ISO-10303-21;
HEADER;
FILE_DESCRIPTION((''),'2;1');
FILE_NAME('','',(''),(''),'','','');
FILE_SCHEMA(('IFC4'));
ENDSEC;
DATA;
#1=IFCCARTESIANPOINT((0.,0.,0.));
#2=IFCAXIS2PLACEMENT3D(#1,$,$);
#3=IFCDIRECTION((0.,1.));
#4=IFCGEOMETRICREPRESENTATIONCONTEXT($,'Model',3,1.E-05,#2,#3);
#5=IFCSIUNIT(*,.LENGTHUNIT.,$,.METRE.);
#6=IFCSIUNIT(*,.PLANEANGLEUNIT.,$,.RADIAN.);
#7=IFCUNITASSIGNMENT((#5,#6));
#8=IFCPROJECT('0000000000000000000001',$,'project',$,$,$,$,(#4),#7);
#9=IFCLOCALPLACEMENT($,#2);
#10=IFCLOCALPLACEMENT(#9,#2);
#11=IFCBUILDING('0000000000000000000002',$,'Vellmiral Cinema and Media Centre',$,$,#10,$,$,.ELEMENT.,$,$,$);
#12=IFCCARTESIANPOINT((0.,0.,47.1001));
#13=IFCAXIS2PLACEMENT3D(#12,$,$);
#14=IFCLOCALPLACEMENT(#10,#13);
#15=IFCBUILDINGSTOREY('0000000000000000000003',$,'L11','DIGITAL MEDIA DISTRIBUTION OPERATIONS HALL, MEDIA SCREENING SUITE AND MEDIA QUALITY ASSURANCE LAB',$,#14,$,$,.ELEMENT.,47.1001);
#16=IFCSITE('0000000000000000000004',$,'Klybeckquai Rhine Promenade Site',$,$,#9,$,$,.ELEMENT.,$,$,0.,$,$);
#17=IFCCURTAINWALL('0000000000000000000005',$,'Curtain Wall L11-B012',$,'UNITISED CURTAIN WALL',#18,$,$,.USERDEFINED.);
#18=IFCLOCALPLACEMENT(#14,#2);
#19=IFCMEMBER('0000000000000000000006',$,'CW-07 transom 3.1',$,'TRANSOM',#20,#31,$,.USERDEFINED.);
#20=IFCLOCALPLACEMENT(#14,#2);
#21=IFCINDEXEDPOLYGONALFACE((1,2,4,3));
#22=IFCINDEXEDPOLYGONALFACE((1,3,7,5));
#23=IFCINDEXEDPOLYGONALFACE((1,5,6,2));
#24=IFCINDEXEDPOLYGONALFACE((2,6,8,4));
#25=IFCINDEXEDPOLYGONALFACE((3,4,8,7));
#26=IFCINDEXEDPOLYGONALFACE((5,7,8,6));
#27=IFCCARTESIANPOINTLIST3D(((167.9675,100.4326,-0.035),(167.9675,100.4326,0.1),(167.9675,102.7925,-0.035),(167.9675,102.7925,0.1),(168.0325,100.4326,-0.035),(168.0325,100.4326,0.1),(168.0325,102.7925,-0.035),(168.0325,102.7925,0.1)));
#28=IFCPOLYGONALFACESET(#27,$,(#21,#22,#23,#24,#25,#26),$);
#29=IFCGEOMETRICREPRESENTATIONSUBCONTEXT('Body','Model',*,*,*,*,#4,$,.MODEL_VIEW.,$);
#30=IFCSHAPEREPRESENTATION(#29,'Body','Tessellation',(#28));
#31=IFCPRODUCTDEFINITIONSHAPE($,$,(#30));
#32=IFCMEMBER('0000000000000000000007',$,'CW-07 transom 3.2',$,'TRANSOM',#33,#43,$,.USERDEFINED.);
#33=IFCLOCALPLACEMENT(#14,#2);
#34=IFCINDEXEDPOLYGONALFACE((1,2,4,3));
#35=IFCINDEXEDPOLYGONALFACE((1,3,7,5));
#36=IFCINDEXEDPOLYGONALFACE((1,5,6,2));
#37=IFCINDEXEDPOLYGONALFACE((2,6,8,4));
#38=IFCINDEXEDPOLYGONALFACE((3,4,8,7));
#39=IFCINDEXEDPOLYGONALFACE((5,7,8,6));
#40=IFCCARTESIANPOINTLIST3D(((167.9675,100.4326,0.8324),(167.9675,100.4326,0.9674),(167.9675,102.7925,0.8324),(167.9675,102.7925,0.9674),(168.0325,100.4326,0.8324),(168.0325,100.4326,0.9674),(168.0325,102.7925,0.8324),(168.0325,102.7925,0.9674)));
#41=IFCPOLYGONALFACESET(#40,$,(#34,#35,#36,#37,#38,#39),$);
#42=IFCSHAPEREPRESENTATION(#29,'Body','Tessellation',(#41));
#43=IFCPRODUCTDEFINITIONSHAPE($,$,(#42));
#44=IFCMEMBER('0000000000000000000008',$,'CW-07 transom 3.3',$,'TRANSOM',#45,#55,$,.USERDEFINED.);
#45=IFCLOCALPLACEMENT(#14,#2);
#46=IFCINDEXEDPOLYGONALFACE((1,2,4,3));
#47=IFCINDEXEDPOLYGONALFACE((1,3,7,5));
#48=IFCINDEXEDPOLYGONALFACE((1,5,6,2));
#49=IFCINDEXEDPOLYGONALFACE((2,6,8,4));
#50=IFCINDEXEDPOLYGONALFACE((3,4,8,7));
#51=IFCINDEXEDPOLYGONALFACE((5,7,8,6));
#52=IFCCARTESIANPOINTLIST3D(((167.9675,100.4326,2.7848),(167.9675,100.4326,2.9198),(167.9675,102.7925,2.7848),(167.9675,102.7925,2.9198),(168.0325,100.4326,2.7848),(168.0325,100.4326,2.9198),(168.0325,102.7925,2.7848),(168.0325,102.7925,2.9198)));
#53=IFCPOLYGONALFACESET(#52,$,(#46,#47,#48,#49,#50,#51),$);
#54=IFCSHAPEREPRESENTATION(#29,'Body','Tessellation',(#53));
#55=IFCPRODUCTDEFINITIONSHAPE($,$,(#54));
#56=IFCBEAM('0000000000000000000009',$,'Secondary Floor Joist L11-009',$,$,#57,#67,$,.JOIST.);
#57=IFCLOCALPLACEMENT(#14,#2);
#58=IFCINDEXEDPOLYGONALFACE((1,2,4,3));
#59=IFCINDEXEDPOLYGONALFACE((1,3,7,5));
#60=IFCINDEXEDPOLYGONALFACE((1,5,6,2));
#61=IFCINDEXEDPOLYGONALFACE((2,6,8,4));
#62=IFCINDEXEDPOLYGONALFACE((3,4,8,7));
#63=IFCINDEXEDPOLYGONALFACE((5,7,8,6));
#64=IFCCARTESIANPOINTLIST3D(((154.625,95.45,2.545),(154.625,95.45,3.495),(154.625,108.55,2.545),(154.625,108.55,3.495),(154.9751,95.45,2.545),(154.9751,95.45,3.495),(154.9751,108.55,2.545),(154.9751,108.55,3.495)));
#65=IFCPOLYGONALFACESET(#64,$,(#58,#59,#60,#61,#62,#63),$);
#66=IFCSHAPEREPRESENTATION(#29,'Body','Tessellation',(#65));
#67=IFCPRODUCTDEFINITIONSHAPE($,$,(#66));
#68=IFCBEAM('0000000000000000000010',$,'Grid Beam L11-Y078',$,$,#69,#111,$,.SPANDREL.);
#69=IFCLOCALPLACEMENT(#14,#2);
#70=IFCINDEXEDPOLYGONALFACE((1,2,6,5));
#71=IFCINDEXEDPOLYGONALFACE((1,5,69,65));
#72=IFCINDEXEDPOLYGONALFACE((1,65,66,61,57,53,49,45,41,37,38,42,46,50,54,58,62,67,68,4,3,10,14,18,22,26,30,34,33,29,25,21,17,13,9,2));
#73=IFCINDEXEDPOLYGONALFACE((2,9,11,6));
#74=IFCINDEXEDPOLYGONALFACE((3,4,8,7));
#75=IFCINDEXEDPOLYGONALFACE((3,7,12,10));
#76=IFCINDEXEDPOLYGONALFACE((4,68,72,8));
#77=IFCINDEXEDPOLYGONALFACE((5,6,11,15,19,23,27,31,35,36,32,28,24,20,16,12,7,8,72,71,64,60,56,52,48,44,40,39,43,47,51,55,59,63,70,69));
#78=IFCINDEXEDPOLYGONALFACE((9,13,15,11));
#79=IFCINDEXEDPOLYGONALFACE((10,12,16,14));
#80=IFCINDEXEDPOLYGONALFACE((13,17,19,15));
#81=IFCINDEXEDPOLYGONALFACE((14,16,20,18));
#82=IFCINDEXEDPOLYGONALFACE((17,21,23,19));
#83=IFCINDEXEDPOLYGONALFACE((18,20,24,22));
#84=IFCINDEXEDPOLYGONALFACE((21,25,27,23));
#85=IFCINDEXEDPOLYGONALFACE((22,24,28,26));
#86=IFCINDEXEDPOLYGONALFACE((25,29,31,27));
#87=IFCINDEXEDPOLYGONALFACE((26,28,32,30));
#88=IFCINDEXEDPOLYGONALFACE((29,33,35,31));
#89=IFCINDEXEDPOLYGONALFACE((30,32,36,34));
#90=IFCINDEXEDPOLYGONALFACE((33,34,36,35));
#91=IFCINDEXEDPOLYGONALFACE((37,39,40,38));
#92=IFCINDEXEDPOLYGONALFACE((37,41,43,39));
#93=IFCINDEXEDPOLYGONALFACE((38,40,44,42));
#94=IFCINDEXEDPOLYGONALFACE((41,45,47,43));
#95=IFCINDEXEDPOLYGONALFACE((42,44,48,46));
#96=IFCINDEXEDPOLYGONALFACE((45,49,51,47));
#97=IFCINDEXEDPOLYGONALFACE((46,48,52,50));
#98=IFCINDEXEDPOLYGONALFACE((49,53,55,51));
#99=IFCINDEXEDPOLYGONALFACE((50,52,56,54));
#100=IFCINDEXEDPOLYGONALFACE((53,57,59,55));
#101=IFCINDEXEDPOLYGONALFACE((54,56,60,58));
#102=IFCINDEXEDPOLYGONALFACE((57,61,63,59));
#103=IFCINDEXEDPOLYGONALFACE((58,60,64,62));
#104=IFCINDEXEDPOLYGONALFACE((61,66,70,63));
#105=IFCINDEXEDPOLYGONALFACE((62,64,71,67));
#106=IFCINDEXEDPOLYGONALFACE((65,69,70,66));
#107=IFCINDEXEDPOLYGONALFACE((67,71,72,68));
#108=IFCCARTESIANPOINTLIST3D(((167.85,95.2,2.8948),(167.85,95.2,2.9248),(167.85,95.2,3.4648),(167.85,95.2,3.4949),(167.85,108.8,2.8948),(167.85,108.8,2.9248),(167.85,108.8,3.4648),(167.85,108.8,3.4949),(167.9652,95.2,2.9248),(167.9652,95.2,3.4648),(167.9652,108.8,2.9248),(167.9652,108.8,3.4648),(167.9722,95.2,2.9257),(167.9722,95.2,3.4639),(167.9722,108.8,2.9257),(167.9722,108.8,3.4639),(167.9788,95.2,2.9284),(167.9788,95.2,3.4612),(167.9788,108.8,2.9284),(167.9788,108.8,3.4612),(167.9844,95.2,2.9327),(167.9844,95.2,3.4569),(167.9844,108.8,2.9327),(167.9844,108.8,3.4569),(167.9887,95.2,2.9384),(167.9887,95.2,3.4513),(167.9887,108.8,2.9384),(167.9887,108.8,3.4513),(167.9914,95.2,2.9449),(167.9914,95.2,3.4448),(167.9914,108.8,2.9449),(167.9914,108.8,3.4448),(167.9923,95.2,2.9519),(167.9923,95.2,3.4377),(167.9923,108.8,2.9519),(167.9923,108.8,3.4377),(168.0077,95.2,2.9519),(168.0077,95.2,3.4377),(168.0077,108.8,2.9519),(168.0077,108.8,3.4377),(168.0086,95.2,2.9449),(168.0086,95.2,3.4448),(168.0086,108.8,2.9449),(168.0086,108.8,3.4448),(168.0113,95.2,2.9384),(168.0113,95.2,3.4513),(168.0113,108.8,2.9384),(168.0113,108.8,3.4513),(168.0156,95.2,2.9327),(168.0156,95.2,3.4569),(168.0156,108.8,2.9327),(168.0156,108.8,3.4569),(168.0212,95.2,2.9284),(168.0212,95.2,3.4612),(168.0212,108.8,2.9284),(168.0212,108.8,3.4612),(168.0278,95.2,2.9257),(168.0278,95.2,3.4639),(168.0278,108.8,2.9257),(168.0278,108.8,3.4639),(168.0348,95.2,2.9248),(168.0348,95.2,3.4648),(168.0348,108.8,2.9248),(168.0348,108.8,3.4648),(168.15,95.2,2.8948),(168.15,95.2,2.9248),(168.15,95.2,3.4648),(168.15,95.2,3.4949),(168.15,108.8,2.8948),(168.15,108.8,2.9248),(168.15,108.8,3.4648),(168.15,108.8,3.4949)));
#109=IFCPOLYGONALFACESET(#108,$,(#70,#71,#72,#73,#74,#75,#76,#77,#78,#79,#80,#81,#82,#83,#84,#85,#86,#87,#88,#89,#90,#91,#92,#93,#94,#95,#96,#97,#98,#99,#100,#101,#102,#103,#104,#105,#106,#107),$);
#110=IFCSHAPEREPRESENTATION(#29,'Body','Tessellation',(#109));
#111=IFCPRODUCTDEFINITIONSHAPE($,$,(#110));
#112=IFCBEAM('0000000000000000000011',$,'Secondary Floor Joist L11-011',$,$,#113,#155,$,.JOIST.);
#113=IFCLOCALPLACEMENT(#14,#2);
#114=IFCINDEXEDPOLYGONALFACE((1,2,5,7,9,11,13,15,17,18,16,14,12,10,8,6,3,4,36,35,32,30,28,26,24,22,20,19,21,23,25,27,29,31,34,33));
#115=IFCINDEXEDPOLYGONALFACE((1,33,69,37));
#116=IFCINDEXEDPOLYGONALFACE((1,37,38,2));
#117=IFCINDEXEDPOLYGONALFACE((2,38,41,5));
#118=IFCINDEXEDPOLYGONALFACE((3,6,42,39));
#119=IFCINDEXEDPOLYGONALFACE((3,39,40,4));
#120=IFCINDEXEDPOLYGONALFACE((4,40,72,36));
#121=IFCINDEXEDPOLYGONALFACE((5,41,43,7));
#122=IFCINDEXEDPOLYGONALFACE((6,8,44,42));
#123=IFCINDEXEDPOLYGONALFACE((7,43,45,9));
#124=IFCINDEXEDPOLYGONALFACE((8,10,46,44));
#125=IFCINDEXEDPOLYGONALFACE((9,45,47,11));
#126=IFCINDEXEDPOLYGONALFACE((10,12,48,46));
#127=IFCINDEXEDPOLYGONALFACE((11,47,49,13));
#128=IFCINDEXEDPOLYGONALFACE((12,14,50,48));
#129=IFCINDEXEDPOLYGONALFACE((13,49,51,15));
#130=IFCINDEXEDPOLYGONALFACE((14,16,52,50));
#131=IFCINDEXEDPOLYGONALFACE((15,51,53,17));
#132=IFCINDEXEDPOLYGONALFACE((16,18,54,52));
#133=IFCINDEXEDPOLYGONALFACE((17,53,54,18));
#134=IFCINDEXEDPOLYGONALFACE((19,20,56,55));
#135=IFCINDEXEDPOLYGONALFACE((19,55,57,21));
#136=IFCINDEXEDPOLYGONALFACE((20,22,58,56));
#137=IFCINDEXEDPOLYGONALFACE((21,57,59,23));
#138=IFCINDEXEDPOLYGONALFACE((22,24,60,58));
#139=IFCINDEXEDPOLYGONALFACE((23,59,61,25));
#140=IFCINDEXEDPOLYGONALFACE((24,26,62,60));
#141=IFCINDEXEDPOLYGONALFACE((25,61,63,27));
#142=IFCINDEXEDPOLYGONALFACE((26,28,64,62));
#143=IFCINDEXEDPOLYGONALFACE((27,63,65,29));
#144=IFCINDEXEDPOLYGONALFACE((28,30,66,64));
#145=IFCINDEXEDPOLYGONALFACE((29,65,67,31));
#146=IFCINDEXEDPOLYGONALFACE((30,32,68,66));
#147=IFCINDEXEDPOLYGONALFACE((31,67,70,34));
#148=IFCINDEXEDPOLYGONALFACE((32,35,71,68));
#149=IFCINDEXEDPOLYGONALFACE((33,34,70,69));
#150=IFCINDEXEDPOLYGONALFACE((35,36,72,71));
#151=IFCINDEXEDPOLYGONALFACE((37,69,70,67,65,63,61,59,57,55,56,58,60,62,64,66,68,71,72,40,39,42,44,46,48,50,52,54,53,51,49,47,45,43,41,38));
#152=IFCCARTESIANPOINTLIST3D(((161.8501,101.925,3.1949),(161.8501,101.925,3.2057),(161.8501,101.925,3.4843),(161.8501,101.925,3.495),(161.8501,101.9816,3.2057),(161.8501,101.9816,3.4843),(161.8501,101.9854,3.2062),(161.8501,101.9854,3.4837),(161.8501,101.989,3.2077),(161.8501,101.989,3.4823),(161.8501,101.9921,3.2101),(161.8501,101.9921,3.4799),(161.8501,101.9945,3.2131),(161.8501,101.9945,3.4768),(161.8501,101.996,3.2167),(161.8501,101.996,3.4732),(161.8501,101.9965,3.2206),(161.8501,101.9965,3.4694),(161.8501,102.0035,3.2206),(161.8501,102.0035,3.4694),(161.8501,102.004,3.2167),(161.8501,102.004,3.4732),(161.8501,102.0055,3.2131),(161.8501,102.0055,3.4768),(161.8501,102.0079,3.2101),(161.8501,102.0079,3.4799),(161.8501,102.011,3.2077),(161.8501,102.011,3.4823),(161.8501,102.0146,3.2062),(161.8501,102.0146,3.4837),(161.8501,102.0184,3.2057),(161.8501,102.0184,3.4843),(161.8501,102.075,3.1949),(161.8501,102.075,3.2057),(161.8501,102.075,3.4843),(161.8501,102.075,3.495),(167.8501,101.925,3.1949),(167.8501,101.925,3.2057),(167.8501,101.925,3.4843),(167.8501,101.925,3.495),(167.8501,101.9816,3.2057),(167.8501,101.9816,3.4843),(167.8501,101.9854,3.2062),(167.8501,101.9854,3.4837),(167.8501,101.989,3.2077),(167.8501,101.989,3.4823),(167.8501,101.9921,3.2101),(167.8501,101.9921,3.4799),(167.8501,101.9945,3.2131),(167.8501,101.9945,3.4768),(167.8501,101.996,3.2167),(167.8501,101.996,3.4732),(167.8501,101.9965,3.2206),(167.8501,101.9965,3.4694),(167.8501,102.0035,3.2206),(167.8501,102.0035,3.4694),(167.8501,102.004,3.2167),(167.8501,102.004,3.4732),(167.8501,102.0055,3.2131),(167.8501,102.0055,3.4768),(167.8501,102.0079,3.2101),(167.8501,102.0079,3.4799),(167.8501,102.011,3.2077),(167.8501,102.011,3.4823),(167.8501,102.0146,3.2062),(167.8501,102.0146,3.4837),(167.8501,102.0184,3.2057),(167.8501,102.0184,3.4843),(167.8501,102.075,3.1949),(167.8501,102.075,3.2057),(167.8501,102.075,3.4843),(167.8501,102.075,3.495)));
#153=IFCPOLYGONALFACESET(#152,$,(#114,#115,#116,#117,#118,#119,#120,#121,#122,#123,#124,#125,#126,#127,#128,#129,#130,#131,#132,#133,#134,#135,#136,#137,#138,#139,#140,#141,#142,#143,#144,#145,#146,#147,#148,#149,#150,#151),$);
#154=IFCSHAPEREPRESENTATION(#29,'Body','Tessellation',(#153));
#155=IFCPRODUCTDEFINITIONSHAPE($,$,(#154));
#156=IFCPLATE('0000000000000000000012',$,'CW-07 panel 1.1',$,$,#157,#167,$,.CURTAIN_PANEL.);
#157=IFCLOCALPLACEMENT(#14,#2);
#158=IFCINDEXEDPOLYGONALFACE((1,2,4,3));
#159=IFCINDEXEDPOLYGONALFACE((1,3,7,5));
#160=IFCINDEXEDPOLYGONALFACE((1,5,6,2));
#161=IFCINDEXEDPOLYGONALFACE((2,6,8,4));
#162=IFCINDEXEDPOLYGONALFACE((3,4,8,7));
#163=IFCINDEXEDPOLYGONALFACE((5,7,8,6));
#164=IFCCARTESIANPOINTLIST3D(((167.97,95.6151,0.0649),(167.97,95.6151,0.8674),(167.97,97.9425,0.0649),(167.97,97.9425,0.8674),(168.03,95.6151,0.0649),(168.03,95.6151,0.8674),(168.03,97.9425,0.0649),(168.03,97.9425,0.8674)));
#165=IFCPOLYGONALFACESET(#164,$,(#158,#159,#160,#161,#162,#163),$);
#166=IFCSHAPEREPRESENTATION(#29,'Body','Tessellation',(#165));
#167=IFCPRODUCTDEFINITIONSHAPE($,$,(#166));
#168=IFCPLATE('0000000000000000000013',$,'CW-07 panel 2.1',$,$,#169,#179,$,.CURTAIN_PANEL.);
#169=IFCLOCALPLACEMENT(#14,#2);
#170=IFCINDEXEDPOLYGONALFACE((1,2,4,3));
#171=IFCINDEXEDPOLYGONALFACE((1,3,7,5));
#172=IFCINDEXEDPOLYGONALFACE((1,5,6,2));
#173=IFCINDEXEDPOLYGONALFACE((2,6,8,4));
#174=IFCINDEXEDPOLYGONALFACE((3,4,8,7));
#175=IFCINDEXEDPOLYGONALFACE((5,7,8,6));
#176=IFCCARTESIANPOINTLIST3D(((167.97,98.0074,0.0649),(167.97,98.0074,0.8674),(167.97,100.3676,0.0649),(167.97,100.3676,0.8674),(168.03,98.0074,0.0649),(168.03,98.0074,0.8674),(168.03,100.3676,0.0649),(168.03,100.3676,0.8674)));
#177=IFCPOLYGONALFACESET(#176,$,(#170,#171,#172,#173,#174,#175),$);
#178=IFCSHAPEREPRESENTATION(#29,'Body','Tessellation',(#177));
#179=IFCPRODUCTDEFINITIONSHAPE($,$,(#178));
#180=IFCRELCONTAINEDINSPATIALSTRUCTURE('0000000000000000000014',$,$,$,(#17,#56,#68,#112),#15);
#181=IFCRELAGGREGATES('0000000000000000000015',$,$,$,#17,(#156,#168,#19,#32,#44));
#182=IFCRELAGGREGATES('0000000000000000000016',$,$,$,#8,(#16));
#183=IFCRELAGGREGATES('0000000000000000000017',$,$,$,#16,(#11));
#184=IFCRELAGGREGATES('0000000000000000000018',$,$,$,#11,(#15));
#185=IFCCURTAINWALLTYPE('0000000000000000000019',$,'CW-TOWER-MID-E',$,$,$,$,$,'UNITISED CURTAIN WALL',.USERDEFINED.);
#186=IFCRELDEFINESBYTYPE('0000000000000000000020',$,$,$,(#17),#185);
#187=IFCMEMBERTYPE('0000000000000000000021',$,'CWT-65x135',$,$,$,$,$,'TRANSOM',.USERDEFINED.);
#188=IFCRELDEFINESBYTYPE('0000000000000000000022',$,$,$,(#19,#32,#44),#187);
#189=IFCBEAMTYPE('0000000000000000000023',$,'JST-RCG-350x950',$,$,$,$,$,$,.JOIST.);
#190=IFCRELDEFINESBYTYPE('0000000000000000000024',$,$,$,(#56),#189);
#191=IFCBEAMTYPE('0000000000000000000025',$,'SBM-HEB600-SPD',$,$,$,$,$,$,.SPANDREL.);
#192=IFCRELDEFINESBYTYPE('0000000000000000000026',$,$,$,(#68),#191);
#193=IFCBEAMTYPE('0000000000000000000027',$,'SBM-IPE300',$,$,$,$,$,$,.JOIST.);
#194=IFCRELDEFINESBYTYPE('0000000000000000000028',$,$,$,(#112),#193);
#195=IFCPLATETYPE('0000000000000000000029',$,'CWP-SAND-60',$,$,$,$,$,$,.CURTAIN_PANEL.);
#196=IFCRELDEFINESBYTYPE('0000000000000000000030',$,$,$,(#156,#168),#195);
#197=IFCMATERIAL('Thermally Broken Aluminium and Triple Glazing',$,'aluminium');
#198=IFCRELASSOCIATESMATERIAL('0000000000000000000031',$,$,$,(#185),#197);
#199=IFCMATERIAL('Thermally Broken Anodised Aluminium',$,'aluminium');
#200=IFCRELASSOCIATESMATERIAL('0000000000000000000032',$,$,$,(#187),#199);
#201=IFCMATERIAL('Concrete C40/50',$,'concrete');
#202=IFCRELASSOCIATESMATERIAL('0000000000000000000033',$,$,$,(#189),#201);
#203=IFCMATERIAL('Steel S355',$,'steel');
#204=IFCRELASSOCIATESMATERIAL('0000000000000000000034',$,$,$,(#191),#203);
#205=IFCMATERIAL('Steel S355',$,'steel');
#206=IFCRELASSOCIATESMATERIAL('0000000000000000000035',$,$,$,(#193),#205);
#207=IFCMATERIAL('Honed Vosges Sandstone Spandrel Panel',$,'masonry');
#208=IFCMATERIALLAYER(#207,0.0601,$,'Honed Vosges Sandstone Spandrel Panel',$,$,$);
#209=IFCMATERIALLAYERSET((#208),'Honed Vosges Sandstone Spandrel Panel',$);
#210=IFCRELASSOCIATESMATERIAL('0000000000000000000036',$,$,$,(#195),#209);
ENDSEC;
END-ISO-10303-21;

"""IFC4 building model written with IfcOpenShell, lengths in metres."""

from ifc_helpers import new_model, si_unit, direction, frame, origin, origin_2d, place, context, subcontext, project, spatial, rectangle, i_section, extrude, material, layer, layer_set, material_profile, profile_set, type_object, element, aggregate, save


model = new_model("IFC4")

# Units and contexts
model_context = context("Model", 3, precision=1e-05, world=origin(), true_north=direction((0.0, 1.0)))
body_context = subcontext(model_context, "Body", "Model", "MODEL_VIEW")
ifc_project = project(units=[si_unit("LENGTHUNIT", "METRE"), si_unit("PLANEANGLEUNIT", "RADIAN")], contexts=[model_context])

# Site, building, storey
site_placement = place(None, origin())
site = spatial("IfcSite", under=ifc_project, at=site_placement, Name="Klybeckquai Rhine Promenade Site", CompositionType="ELEMENT", RefElevation=0.0)
building_placement = place(site_placement, origin())
building = spatial("IfcBuilding", under=site, at=building_placement, Name="Vellmiral Cinema and Media Centre", CompositionType="ELEMENT")
storey_placement = place(building_placement, frame((0.0, 0.0, 47.1001)))
storey = spatial("IfcBuildingStorey", under=building, at=storey_placement, Name="L11", Description="DIGITAL MEDIA DISTRIBUTION OPERATIONS HALL, MEDIA SCREENING SUITE AND MEDIA QUALITY ASSURANCE LAB", CompositionType="ELEMENT", Elevation=47.1001)

# Curtain wall, members
ifc_material_1 = material(Name="Thermally Broken Aluminium and Triple Glazing", Category="aluminium")
curtain_wall_type = type_object("IfcCurtainWallType", Name="CW-TOWER-MID-E", ElementType="UNITISED CURTAIN WALL", PredefinedType="USERDEFINED", material=ifc_material_1)
curtain_wall_placement = place(storey_placement, origin())
curtain_wall = element("IfcCurtainWall", 1, at=curtain_wall_placement, inside=storey, type_object=curtain_wall_type, Name="Curtain Wall L11-B012", ObjectType="UNITISED CURTAIN WALL", PredefinedType="USERDEFINED")
ifc_material_2 = material(Name="Thermally Broken Anodised Aluminium", Category="aluminium")
ifc_material_profile_1 = material_profile(ifc_material_2, rectangle(XDim=0.0649, YDim=0.135, at=origin_2d()), Name="MULL 65x135")
ifc_profile_set_1 = profile_set([ifc_material_profile_1], Name="Thermally Broken Anodised Aluminium")
member_type_1 = type_object("IfcMemberType", Name="CWT-65x135", ElementType="TRANSOM", PredefinedType="USERDEFINED", material=ifc_profile_set_1)
member_1_placement = place(storey_placement, frame((168.0, 100.4326, 0.0325), z_axis=(0.0, 1.0, 0.0), x_axis=(-1.0, 0.0, 0.0)))
member_1 = element("IfcMember", 2, at=member_1_placement, type_object=member_type_1, Name="CW-07 transom 3.1", ObjectType="TRANSOM", PredefinedType="USERDEFINED", context=body_context, shape_type="SweptSolid", body=[
    extrude(rectangle(XDim=0.0649, YDim=0.135, at=origin_2d()), origin(), (0.0, 0.0, 1.0), 2.3599),
])
member_2_placement = place(storey_placement, frame((168.0, 100.4326, 0.8999), z_axis=(0.0, 1.0, 0.0), x_axis=(-1.0, 0.0, 0.0)))
member_2 = element("IfcMember", 3, at=member_2_placement, type_object=member_type_1, Name="CW-07 transom 3.2", ObjectType="TRANSOM", PredefinedType="USERDEFINED", context=body_context, shape_type="SweptSolid", body=[
    extrude(rectangle(XDim=0.0649, YDim=0.135, at=origin_2d()), origin(), (0.0, 0.0, 1.0), 2.3599),
])
member_3_placement = place(storey_placement, frame((168.0, 100.4326, 2.8523), z_axis=(0.0, 1.0, 0.0), x_axis=(-1.0, 0.0, 0.0)))
member_3 = element("IfcMember", 4, at=member_3_placement, type_object=member_type_1, Name="CW-07 transom 3.3", ObjectType="TRANSOM", PredefinedType="USERDEFINED", context=body_context, shape_type="SweptSolid", body=[
    extrude(rectangle(XDim=0.0649, YDim=0.135, at=origin_2d()), origin(), (0.0, 0.0, 1.0), 2.3599),
])

# Beams
ifc_material_3 = material(Name="Concrete C40/50", Category="concrete")
ifc_material_profile_2 = material_profile(ifc_material_3, rectangle(XDim=0.3501, YDim=0.95, at=origin_2d()), Name="RC 350x950")
ifc_profile_set_2 = profile_set([ifc_material_profile_2], Name="Concrete C40/50")
beam_type_1 = type_object("IfcBeamType", Name="JST-RCG-350x950", PredefinedType="JOIST", material=ifc_profile_set_2)
beam_1_placement = place(storey_placement, frame((154.8, 95.45, 3.02), z_axis=(0.0, 1.0, 0.0), x_axis=(-1.0, 0.0, 0.0)))
element("IfcBeam", 5, at=beam_1_placement, inside=storey, type_object=beam_type_1, Name="Secondary Floor Joist L11-009", PredefinedType="JOIST", context=body_context, shape_type="SweptSolid", body=[
    extrude(rectangle(XDim=0.3501, YDim=0.95, at=origin_2d()), origin(), (0.0, 0.0, 1.0), 13.1001),
])
ifc_material_4 = material(Name="Steel S355", Category="steel")
ifc_material_profile_3 = material_profile(ifc_material_4, i_section(OverallWidth=0.3, OverallDepth=0.6001, WebThickness=0.0154, FlangeThickness=0.03, FilletRadius=0.0271, at=origin_2d()), Name="HEB 600")
ifc_profile_set_3 = profile_set([ifc_material_profile_3], Name="Steel S355")
beam_type_2 = type_object("IfcBeamType", Name="SBM-HEB600-SPD", PredefinedType="SPANDREL", material=ifc_profile_set_3)
beam_2_placement = place(storey_placement, frame((168.0, 95.2, 3.1948), z_axis=(0.0, 1.0, 0.0), x_axis=(-1.0, 0.0, 0.0)))
element("IfcBeam", 6, at=beam_2_placement, inside=storey, type_object=beam_type_2, Name="Grid Beam L11-Y078", PredefinedType="SPANDREL", context=body_context, shape_type="SweptSolid", body=[
    extrude(i_section(OverallWidth=0.3, OverallDepth=0.6001, WebThickness=0.0154, FlangeThickness=0.03, FilletRadius=0.0271, at=origin_2d()), origin(), (0.0, 0.0, 1.0), 13.6001),
])
ifc_material_5 = material(Name="Steel S355", Category="steel")
ifc_material_profile_4 = material_profile(ifc_material_5, i_section(OverallWidth=0.1499, OverallDepth=0.3, WebThickness=0.0071, FlangeThickness=0.0107, FilletRadius=0.0149, at=origin_2d()), Name="IPE 300")
ifc_profile_set_4 = profile_set([ifc_material_profile_4], Name="Steel S355")
beam_type_3 = type_object("IfcBeamType", Name="SBM-IPE300", PredefinedType="JOIST", material=ifc_profile_set_4)
beam_3_placement = place(storey_placement, frame((161.8501, 102.0, 3.345), z_axis=(1.0, 0.0, 0.0), x_axis=(0.0, 1.0, 0.0)))
element("IfcBeam", 7, at=beam_3_placement, inside=storey, type_object=beam_type_3, Name="Secondary Floor Joist L11-011", PredefinedType="JOIST", context=body_context, shape_type="SweptSolid", body=[
    extrude(i_section(OverallWidth=0.1499, OverallDepth=0.3, WebThickness=0.0071, FlangeThickness=0.0107, FilletRadius=0.0149, at=origin_2d()), origin(), (0.0, 0.0, 1.0), 6.0),
])

# Plates
ifc_material_6 = material(Name="Honed Vosges Sandstone Spandrel Panel", Category="masonry")
ifc_layer_1 = layer(ifc_material_6, 0.0601, Name="Honed Vosges Sandstone Spandrel Panel")
ifc_layer_set_1 = layer_set([ifc_layer_1], Name="Honed Vosges Sandstone Spandrel Panel")
plate_type_1 = type_object("IfcPlateType", Name="CWP-SAND-60", PredefinedType="CURTAIN_PANEL", material=ifc_layer_set_1)
plate_1_placement = place(storey_placement, frame((168.0, 96.7788, 0.0649), z_axis=(0.0, 0.0, 1.0), x_axis=(0.0, 1.0, 0.0)))
plate_1 = element("IfcPlate", 8, at=plate_1_placement, type_object=plate_type_1, Name="CW-07 panel 1.1", PredefinedType="CURTAIN_PANEL", context=body_context, shape_type="SweptSolid", body=[
    extrude(rectangle(XDim=2.3274, YDim=0.0601, at=origin_2d()), origin(), (0.0, 0.0, 1.0), 0.8025),
])
plate_2_placement = place(storey_placement, frame((168.0, 99.1875, 0.0649), z_axis=(0.0, 0.0, 1.0), x_axis=(0.0, 1.0, 0.0)))
plate_2 = element("IfcPlate", 9, at=plate_2_placement, type_object=plate_type_1, Name="CW-07 panel 2.1", PredefinedType="CURTAIN_PANEL", context=body_context, shape_type="SweptSolid", body=[
    extrude(rectangle(XDim=2.3601, YDim=0.0601, at=origin_2d()), origin(), (0.0, 0.0, 1.0), 0.8025),
])
aggregate(curtain_wall, [plate_1, plate_2, member_1, member_2, member_3])

save(model, "model.ifc")
